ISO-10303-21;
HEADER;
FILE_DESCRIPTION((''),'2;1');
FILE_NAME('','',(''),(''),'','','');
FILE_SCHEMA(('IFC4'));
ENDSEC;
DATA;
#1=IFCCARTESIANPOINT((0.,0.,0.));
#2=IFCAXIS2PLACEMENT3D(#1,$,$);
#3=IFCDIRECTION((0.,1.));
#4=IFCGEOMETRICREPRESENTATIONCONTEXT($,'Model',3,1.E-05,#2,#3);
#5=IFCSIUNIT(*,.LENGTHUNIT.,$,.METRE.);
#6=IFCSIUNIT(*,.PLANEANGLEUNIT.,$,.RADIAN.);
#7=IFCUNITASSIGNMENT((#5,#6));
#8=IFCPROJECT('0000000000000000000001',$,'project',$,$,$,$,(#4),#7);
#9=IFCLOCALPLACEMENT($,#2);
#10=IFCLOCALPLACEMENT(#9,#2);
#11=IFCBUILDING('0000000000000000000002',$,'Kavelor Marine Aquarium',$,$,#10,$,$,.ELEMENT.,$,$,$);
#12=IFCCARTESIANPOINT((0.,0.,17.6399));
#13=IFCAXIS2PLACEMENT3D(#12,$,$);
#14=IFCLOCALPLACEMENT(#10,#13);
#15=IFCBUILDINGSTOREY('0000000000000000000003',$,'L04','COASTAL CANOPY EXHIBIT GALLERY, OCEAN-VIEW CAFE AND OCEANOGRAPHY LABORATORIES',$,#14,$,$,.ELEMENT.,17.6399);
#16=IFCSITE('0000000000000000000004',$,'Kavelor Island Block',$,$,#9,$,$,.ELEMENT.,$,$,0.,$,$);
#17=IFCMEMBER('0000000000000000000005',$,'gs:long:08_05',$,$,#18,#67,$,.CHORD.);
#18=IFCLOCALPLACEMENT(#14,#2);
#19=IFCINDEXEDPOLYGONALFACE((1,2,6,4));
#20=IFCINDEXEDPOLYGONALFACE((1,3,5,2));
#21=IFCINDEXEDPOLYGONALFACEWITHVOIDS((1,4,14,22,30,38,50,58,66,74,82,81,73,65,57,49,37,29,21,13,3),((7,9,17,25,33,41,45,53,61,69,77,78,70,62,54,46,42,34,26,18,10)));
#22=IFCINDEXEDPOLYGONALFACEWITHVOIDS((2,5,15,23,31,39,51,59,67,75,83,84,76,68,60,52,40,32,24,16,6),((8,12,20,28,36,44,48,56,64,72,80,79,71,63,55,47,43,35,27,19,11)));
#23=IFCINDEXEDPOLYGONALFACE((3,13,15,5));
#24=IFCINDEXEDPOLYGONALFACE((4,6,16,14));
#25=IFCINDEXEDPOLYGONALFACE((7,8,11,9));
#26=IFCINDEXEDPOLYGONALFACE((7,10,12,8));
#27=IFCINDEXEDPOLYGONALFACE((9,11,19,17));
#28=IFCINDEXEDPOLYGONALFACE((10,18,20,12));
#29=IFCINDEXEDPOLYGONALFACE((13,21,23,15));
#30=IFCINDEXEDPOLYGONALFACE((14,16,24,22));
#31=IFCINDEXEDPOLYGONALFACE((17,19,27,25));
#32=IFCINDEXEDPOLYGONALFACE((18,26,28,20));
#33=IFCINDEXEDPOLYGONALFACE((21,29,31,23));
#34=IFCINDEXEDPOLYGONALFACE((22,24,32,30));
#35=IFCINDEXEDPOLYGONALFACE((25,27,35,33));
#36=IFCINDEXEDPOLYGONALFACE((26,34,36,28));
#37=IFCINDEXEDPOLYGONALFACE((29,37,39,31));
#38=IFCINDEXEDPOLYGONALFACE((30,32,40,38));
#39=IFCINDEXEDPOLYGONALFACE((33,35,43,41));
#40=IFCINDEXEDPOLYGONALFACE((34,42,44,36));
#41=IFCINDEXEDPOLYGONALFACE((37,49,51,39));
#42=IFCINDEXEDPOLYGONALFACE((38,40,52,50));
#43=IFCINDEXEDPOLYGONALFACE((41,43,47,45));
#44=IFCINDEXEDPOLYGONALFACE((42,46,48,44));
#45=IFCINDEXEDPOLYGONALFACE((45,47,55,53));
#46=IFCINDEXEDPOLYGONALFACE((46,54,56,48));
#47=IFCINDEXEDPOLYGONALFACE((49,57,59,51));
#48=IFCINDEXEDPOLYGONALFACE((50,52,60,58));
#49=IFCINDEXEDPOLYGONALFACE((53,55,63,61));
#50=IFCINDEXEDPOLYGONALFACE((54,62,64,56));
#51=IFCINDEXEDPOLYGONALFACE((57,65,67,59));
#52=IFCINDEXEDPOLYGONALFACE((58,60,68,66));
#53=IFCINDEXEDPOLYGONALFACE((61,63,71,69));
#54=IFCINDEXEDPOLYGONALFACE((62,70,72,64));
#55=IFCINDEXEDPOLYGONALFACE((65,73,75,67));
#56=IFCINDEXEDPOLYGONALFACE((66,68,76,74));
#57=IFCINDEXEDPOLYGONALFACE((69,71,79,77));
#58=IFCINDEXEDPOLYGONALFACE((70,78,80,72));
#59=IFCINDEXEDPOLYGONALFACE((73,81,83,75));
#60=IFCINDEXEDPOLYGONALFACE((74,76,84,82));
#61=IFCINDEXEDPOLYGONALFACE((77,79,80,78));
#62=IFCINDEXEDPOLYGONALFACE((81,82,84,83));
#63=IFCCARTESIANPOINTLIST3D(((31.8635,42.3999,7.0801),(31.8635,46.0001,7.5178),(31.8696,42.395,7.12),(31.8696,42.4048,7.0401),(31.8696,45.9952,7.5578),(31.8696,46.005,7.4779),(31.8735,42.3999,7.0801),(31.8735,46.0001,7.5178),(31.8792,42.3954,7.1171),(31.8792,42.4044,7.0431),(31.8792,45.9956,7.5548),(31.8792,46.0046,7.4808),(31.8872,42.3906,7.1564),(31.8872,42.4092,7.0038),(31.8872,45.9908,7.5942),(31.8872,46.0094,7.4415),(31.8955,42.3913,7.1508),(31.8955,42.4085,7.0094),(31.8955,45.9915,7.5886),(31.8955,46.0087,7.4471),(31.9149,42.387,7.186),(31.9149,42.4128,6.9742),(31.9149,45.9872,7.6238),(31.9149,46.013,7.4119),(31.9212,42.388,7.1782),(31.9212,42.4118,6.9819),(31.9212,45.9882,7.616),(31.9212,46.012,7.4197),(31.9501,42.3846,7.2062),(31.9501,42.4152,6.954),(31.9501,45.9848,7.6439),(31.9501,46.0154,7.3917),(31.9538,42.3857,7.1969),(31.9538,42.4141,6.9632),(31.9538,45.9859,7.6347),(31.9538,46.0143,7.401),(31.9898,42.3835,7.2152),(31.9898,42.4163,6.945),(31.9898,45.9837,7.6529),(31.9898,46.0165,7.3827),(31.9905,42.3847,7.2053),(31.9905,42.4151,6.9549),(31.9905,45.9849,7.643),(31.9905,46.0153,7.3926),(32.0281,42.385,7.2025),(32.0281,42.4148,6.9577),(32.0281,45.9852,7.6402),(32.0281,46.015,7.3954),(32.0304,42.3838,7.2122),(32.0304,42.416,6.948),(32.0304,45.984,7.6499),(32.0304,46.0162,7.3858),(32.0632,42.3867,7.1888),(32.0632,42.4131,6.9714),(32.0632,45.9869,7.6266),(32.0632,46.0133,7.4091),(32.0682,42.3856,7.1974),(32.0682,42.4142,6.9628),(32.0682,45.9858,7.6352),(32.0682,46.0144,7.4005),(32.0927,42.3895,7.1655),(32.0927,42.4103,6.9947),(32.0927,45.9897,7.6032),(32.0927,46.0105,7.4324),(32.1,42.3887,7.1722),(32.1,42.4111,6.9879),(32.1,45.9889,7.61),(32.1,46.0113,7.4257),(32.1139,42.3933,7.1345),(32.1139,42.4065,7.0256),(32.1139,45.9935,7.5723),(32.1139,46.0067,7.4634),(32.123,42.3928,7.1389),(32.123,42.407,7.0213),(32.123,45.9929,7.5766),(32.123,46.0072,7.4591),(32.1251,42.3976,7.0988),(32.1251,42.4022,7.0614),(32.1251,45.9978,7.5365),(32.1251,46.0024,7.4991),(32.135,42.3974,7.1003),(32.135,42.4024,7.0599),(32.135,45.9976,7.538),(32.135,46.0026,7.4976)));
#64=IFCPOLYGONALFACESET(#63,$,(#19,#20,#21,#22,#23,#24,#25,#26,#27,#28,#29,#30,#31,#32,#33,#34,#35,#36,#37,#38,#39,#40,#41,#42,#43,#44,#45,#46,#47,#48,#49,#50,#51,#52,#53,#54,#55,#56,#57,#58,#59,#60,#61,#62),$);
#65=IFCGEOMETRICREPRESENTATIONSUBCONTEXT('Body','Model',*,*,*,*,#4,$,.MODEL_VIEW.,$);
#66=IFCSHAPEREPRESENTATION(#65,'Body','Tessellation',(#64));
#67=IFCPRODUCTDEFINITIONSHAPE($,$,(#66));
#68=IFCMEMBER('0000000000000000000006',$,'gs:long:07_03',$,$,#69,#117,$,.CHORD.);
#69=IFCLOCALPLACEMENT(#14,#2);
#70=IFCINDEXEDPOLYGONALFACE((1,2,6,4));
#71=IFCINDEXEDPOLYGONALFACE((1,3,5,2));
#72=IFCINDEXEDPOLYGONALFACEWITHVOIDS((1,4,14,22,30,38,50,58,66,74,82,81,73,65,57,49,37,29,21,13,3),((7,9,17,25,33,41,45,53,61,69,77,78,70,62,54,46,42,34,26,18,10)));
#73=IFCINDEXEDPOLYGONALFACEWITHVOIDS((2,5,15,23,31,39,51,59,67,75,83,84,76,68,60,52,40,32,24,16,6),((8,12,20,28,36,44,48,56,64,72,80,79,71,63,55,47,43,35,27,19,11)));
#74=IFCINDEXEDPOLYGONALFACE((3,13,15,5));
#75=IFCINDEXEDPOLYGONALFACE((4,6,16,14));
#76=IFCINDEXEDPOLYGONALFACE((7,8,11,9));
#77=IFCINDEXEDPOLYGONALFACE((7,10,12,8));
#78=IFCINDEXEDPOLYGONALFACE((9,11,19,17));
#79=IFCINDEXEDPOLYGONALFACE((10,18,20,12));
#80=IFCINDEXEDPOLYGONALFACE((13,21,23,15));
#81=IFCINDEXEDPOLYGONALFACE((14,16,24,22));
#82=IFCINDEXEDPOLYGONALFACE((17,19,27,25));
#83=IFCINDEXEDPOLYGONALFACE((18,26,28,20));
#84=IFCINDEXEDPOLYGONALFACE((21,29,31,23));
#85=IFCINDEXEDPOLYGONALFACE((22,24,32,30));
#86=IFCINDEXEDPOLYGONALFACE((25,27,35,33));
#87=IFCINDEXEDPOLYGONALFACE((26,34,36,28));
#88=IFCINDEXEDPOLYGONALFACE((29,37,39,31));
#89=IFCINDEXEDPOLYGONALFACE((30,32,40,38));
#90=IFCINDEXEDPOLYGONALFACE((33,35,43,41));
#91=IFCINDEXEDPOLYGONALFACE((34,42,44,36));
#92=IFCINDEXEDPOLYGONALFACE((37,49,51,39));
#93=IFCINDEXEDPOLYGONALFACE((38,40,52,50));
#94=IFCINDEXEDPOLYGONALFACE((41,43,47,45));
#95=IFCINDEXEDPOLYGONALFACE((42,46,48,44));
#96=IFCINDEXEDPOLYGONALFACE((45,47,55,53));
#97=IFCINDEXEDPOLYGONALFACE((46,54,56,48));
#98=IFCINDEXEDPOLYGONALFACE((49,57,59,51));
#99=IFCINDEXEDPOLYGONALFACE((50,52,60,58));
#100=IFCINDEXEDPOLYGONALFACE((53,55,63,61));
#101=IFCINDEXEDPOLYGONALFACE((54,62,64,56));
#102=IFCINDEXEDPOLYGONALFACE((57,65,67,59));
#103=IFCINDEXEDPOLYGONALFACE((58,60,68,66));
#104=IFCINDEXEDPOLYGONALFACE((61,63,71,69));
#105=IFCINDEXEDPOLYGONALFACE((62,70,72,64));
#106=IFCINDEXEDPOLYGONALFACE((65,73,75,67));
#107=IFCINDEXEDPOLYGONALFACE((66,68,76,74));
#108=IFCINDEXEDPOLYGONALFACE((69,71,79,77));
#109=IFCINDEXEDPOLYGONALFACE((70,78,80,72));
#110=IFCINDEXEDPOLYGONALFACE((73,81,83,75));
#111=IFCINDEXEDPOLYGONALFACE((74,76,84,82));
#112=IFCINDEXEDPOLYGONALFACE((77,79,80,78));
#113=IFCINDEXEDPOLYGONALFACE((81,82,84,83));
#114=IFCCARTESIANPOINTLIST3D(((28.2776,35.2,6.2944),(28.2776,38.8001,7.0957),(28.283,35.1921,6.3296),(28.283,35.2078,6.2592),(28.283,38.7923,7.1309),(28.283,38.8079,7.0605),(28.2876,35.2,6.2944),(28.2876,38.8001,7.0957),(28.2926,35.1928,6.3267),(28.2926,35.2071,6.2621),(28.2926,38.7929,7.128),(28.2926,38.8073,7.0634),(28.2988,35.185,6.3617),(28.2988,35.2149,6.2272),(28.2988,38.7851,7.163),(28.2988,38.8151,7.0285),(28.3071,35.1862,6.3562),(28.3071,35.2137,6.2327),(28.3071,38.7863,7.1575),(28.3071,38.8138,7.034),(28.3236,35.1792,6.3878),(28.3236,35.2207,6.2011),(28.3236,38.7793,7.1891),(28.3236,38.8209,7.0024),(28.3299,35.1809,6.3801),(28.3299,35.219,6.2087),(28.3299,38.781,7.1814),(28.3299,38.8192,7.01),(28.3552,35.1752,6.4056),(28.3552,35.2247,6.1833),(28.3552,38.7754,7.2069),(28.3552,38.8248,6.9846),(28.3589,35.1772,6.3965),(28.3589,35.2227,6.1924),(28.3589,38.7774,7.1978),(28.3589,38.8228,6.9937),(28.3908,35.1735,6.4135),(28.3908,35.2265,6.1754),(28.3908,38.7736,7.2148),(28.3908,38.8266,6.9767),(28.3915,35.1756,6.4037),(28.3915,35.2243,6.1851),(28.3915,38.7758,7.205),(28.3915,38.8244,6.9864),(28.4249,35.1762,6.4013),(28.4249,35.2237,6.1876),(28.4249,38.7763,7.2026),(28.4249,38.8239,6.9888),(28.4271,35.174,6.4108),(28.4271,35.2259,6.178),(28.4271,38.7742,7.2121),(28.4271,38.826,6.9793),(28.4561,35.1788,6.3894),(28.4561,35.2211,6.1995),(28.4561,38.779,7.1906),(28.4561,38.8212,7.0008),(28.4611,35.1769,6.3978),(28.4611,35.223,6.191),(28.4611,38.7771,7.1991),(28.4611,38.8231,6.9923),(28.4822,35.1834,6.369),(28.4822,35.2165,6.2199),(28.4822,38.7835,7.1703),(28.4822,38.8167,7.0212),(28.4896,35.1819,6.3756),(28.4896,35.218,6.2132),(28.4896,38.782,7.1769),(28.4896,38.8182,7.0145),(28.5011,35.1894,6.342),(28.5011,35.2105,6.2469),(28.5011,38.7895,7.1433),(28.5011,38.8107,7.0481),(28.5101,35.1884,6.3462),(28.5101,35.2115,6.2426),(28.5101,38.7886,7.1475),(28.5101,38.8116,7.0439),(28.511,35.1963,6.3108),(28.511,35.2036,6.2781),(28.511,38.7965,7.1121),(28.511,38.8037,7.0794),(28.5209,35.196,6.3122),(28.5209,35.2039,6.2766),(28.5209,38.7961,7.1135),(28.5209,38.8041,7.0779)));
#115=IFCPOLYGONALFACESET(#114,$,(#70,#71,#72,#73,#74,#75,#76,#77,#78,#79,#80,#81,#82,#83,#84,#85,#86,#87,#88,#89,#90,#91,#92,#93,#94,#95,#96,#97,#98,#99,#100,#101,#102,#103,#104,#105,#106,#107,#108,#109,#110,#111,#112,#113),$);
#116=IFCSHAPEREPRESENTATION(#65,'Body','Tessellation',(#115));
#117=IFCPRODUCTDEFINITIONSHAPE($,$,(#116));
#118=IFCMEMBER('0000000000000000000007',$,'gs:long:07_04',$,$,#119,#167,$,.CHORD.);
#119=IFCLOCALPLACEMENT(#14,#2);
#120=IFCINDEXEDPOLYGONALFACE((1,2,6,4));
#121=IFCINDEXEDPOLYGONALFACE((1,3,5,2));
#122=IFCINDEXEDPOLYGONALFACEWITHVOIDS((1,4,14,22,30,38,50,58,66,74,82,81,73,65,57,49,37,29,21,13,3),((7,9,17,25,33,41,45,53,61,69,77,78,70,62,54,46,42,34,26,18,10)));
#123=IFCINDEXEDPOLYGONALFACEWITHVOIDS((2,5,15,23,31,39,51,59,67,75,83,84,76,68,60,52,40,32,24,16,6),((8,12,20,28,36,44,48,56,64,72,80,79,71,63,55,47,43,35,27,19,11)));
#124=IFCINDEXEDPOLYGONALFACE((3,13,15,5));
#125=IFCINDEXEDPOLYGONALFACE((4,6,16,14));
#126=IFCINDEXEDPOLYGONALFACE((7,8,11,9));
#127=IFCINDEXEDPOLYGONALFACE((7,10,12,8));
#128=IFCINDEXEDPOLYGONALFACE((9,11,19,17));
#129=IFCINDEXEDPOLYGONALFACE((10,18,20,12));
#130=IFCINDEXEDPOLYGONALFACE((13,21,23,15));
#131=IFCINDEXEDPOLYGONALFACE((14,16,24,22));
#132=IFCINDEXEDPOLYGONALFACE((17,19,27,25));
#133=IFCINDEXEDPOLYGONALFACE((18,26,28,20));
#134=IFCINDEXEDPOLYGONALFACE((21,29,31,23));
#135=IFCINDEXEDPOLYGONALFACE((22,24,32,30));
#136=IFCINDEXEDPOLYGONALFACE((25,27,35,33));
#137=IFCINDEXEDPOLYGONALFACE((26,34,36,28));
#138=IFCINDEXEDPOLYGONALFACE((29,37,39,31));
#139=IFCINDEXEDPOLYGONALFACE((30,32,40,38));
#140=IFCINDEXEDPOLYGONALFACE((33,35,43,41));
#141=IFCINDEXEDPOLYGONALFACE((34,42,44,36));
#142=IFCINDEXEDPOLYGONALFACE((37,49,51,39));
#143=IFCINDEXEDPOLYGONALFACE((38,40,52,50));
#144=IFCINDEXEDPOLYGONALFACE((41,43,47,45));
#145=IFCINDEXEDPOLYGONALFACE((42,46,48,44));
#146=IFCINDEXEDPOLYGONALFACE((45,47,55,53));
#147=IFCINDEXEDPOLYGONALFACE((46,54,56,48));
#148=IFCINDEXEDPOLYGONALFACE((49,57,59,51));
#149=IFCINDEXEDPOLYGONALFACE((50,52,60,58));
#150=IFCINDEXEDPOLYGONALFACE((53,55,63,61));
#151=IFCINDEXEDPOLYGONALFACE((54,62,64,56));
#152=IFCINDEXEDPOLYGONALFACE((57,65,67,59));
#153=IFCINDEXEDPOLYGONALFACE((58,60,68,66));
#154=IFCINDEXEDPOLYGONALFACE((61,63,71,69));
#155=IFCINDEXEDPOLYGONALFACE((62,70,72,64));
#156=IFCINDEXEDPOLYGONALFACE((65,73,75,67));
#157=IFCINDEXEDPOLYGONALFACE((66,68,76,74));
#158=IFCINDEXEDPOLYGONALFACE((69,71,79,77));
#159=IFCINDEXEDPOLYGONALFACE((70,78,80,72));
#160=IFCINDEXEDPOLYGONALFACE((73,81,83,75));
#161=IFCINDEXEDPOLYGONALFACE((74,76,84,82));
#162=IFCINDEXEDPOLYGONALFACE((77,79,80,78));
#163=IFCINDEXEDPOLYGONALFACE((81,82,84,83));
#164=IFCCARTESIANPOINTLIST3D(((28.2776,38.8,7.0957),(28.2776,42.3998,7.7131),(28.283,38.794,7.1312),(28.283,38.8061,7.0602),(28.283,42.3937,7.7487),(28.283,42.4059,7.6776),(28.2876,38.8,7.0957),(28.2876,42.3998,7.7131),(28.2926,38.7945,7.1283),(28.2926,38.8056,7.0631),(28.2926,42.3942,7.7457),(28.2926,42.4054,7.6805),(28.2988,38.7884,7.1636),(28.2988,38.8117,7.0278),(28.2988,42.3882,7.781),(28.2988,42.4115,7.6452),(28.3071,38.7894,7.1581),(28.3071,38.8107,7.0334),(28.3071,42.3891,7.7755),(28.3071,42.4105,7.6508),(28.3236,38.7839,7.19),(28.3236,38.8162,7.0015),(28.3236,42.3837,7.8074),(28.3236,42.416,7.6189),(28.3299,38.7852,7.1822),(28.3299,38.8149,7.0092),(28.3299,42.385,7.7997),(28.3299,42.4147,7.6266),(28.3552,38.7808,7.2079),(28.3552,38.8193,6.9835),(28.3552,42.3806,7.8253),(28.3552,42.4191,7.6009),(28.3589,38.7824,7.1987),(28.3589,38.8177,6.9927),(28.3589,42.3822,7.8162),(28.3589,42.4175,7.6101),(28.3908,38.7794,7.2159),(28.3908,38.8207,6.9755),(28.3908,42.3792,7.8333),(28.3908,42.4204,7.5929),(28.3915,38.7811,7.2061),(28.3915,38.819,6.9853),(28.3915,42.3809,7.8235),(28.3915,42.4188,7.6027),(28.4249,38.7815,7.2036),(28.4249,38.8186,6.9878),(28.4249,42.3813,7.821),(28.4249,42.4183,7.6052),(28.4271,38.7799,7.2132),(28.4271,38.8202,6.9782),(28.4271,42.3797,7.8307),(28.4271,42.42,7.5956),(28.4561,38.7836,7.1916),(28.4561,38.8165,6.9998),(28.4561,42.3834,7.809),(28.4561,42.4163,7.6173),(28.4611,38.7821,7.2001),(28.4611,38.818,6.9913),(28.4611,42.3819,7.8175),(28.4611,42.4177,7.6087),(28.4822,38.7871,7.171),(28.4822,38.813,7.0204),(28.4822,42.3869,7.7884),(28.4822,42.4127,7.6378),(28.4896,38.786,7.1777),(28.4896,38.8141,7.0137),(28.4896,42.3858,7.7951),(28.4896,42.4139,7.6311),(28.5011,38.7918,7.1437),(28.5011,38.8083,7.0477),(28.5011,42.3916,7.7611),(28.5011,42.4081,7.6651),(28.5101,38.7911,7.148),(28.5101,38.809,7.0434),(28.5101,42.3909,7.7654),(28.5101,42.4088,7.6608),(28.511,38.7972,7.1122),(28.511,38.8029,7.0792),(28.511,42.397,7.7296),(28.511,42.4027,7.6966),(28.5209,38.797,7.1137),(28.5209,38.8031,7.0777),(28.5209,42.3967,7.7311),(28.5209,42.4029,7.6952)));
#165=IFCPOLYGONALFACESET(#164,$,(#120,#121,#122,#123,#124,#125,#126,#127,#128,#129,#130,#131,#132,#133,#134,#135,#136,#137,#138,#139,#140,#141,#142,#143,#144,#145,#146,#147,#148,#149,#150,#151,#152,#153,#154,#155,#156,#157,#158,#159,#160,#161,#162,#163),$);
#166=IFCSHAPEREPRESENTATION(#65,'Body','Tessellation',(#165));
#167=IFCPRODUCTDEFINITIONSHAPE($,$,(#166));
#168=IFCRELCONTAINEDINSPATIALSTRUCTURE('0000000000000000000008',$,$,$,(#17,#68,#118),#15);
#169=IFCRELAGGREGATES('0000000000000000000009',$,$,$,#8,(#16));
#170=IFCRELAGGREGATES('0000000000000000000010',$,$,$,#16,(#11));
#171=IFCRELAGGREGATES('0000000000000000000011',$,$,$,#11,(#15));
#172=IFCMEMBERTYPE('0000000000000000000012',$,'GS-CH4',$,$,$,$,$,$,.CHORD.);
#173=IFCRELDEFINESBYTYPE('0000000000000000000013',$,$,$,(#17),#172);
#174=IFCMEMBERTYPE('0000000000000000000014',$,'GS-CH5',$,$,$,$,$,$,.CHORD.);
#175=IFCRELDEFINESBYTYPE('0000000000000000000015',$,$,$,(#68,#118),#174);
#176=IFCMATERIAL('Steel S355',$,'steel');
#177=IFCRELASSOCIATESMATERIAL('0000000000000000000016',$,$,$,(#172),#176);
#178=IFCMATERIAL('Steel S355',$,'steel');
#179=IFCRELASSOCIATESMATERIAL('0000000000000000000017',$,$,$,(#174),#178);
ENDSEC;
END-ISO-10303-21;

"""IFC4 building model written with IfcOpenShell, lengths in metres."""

from ifc_helpers import new_model, si_unit, direction, frame, origin, origin_2d, place, context, subcontext, project, spatial, hollow_circle, extrude, material, material_profile, profile_set, type_object, element, save


model = new_model("IFC4")

# Units and contexts
model_context = context("Model", 3, precision=1e-05, world=origin(), true_north=direction((0.0, 1.0)))
body_context = subcontext(model_context, "Body", "Model", "MODEL_VIEW")
ifc_project = project(units=[si_unit("LENGTHUNIT", "METRE"), si_unit("PLANEANGLEUNIT", "RADIAN")], contexts=[model_context])

# Site, building, storey
site_placement = place(None, origin())
site = spatial("IfcSite", under=ifc_project, at=site_placement, Name="Kavelor Island Block", CompositionType="ELEMENT", RefElevation=0.0)
building_placement = place(site_placement, origin())
building = spatial("IfcBuilding", under=site, at=building_placement, Name="Kavelor Marine Aquarium", CompositionType="ELEMENT")
storey_placement = place(building_placement, frame((0.0, 0.0, 17.6399)))
storey = spatial("IfcBuildingStorey", under=building, at=storey_placement, Name="L04", Description="COASTAL CANOPY EXHIBIT GALLERY, OCEAN-VIEW CAFE AND OCEANOGRAPHY LABORATORIES", CompositionType="ELEMENT", Elevation=17.6399)

# Members
ifc_material_1 = material(Name="Steel S355", Category="steel")
ifc_material_profile_1 = material_profile(ifc_material_1, hollow_circle(Radius=0.1365, WallThickness=0.01, at=origin_2d()), Name="CHS 273.0x10.0")
ifc_profile_set_1 = profile_set([ifc_material_profile_1], Name="Steel S355")
member_type_1 = type_object("IfcMemberType", Name="GS-CH4", PredefinedType="CHORD", material=ifc_profile_set_1)
member_1_placement = place(storey_placement, frame((32.0, 42.3999, 7.0801), z_axis=(0.0, 0.992689, 0.120703), x_axis=(-1.0, 0.0, 0.0)))
element("IfcMember", 1, at=member_1_placement, inside=storey, type_object=member_type_1, Name="gs:long:08_05", PredefinedType="CHORD", context=body_context, shape_type="SweptSolid", body=[
    extrude(hollow_circle(Radius=0.1365, WallThickness=0.01, at=origin_2d()), origin(), (0.0, 0.0, 1.0), 3.6267),
])
ifc_material_2 = material(Name="Steel S355", Category="steel")
ifc_material_profile_2 = material_profile(ifc_material_2, hollow_circle(Radius=0.1223, WallThickness=0.01, at=origin_2d()), Name="CHS 244.5x10.0")
ifc_profile_set_2 = profile_set([ifc_material_profile_2], Name="Steel S355")
member_type_2 = type_object("IfcMemberType", Name="GS-CH5", PredefinedType="CHORD", material=ifc_profile_set_2)
member_2_placement = place(storey_placement, frame((28.3999, 35.2, 6.2944), z_axis=(0.0, 0.976115, 0.217253), x_axis=(-1.0, 0.0, 0.0)))
element("IfcMember", 2, at=member_2_placement, inside=storey, type_object=member_type_2, Name="gs:long:07_03", PredefinedType="CHORD", context=body_context, shape_type="SweptSolid", body=[
    extrude(hollow_circle(Radius=0.1223, WallThickness=0.01, at=origin_2d()), origin(), (0.0, 0.0, 1.0), 3.6882),
])
member_3_placement = place(storey_placement, frame((28.3999, 38.8, 7.0957), z_axis=(0.0, 0.985608, 0.169047), x_axis=(-1.0, 0.0, 0.0)))
element("IfcMember", 3, at=member_3_placement, inside=storey, type_object=member_type_2, Name="gs:long:07_04", PredefinedType="CHORD", context=body_context, shape_type="SweptSolid", body=[
    extrude(hollow_circle(Radius=0.1223, WallThickness=0.01, at=origin_2d()), origin(), (0.0, 0.0, 1.0), 3.6523),
])

save(model, "model.ifc")
